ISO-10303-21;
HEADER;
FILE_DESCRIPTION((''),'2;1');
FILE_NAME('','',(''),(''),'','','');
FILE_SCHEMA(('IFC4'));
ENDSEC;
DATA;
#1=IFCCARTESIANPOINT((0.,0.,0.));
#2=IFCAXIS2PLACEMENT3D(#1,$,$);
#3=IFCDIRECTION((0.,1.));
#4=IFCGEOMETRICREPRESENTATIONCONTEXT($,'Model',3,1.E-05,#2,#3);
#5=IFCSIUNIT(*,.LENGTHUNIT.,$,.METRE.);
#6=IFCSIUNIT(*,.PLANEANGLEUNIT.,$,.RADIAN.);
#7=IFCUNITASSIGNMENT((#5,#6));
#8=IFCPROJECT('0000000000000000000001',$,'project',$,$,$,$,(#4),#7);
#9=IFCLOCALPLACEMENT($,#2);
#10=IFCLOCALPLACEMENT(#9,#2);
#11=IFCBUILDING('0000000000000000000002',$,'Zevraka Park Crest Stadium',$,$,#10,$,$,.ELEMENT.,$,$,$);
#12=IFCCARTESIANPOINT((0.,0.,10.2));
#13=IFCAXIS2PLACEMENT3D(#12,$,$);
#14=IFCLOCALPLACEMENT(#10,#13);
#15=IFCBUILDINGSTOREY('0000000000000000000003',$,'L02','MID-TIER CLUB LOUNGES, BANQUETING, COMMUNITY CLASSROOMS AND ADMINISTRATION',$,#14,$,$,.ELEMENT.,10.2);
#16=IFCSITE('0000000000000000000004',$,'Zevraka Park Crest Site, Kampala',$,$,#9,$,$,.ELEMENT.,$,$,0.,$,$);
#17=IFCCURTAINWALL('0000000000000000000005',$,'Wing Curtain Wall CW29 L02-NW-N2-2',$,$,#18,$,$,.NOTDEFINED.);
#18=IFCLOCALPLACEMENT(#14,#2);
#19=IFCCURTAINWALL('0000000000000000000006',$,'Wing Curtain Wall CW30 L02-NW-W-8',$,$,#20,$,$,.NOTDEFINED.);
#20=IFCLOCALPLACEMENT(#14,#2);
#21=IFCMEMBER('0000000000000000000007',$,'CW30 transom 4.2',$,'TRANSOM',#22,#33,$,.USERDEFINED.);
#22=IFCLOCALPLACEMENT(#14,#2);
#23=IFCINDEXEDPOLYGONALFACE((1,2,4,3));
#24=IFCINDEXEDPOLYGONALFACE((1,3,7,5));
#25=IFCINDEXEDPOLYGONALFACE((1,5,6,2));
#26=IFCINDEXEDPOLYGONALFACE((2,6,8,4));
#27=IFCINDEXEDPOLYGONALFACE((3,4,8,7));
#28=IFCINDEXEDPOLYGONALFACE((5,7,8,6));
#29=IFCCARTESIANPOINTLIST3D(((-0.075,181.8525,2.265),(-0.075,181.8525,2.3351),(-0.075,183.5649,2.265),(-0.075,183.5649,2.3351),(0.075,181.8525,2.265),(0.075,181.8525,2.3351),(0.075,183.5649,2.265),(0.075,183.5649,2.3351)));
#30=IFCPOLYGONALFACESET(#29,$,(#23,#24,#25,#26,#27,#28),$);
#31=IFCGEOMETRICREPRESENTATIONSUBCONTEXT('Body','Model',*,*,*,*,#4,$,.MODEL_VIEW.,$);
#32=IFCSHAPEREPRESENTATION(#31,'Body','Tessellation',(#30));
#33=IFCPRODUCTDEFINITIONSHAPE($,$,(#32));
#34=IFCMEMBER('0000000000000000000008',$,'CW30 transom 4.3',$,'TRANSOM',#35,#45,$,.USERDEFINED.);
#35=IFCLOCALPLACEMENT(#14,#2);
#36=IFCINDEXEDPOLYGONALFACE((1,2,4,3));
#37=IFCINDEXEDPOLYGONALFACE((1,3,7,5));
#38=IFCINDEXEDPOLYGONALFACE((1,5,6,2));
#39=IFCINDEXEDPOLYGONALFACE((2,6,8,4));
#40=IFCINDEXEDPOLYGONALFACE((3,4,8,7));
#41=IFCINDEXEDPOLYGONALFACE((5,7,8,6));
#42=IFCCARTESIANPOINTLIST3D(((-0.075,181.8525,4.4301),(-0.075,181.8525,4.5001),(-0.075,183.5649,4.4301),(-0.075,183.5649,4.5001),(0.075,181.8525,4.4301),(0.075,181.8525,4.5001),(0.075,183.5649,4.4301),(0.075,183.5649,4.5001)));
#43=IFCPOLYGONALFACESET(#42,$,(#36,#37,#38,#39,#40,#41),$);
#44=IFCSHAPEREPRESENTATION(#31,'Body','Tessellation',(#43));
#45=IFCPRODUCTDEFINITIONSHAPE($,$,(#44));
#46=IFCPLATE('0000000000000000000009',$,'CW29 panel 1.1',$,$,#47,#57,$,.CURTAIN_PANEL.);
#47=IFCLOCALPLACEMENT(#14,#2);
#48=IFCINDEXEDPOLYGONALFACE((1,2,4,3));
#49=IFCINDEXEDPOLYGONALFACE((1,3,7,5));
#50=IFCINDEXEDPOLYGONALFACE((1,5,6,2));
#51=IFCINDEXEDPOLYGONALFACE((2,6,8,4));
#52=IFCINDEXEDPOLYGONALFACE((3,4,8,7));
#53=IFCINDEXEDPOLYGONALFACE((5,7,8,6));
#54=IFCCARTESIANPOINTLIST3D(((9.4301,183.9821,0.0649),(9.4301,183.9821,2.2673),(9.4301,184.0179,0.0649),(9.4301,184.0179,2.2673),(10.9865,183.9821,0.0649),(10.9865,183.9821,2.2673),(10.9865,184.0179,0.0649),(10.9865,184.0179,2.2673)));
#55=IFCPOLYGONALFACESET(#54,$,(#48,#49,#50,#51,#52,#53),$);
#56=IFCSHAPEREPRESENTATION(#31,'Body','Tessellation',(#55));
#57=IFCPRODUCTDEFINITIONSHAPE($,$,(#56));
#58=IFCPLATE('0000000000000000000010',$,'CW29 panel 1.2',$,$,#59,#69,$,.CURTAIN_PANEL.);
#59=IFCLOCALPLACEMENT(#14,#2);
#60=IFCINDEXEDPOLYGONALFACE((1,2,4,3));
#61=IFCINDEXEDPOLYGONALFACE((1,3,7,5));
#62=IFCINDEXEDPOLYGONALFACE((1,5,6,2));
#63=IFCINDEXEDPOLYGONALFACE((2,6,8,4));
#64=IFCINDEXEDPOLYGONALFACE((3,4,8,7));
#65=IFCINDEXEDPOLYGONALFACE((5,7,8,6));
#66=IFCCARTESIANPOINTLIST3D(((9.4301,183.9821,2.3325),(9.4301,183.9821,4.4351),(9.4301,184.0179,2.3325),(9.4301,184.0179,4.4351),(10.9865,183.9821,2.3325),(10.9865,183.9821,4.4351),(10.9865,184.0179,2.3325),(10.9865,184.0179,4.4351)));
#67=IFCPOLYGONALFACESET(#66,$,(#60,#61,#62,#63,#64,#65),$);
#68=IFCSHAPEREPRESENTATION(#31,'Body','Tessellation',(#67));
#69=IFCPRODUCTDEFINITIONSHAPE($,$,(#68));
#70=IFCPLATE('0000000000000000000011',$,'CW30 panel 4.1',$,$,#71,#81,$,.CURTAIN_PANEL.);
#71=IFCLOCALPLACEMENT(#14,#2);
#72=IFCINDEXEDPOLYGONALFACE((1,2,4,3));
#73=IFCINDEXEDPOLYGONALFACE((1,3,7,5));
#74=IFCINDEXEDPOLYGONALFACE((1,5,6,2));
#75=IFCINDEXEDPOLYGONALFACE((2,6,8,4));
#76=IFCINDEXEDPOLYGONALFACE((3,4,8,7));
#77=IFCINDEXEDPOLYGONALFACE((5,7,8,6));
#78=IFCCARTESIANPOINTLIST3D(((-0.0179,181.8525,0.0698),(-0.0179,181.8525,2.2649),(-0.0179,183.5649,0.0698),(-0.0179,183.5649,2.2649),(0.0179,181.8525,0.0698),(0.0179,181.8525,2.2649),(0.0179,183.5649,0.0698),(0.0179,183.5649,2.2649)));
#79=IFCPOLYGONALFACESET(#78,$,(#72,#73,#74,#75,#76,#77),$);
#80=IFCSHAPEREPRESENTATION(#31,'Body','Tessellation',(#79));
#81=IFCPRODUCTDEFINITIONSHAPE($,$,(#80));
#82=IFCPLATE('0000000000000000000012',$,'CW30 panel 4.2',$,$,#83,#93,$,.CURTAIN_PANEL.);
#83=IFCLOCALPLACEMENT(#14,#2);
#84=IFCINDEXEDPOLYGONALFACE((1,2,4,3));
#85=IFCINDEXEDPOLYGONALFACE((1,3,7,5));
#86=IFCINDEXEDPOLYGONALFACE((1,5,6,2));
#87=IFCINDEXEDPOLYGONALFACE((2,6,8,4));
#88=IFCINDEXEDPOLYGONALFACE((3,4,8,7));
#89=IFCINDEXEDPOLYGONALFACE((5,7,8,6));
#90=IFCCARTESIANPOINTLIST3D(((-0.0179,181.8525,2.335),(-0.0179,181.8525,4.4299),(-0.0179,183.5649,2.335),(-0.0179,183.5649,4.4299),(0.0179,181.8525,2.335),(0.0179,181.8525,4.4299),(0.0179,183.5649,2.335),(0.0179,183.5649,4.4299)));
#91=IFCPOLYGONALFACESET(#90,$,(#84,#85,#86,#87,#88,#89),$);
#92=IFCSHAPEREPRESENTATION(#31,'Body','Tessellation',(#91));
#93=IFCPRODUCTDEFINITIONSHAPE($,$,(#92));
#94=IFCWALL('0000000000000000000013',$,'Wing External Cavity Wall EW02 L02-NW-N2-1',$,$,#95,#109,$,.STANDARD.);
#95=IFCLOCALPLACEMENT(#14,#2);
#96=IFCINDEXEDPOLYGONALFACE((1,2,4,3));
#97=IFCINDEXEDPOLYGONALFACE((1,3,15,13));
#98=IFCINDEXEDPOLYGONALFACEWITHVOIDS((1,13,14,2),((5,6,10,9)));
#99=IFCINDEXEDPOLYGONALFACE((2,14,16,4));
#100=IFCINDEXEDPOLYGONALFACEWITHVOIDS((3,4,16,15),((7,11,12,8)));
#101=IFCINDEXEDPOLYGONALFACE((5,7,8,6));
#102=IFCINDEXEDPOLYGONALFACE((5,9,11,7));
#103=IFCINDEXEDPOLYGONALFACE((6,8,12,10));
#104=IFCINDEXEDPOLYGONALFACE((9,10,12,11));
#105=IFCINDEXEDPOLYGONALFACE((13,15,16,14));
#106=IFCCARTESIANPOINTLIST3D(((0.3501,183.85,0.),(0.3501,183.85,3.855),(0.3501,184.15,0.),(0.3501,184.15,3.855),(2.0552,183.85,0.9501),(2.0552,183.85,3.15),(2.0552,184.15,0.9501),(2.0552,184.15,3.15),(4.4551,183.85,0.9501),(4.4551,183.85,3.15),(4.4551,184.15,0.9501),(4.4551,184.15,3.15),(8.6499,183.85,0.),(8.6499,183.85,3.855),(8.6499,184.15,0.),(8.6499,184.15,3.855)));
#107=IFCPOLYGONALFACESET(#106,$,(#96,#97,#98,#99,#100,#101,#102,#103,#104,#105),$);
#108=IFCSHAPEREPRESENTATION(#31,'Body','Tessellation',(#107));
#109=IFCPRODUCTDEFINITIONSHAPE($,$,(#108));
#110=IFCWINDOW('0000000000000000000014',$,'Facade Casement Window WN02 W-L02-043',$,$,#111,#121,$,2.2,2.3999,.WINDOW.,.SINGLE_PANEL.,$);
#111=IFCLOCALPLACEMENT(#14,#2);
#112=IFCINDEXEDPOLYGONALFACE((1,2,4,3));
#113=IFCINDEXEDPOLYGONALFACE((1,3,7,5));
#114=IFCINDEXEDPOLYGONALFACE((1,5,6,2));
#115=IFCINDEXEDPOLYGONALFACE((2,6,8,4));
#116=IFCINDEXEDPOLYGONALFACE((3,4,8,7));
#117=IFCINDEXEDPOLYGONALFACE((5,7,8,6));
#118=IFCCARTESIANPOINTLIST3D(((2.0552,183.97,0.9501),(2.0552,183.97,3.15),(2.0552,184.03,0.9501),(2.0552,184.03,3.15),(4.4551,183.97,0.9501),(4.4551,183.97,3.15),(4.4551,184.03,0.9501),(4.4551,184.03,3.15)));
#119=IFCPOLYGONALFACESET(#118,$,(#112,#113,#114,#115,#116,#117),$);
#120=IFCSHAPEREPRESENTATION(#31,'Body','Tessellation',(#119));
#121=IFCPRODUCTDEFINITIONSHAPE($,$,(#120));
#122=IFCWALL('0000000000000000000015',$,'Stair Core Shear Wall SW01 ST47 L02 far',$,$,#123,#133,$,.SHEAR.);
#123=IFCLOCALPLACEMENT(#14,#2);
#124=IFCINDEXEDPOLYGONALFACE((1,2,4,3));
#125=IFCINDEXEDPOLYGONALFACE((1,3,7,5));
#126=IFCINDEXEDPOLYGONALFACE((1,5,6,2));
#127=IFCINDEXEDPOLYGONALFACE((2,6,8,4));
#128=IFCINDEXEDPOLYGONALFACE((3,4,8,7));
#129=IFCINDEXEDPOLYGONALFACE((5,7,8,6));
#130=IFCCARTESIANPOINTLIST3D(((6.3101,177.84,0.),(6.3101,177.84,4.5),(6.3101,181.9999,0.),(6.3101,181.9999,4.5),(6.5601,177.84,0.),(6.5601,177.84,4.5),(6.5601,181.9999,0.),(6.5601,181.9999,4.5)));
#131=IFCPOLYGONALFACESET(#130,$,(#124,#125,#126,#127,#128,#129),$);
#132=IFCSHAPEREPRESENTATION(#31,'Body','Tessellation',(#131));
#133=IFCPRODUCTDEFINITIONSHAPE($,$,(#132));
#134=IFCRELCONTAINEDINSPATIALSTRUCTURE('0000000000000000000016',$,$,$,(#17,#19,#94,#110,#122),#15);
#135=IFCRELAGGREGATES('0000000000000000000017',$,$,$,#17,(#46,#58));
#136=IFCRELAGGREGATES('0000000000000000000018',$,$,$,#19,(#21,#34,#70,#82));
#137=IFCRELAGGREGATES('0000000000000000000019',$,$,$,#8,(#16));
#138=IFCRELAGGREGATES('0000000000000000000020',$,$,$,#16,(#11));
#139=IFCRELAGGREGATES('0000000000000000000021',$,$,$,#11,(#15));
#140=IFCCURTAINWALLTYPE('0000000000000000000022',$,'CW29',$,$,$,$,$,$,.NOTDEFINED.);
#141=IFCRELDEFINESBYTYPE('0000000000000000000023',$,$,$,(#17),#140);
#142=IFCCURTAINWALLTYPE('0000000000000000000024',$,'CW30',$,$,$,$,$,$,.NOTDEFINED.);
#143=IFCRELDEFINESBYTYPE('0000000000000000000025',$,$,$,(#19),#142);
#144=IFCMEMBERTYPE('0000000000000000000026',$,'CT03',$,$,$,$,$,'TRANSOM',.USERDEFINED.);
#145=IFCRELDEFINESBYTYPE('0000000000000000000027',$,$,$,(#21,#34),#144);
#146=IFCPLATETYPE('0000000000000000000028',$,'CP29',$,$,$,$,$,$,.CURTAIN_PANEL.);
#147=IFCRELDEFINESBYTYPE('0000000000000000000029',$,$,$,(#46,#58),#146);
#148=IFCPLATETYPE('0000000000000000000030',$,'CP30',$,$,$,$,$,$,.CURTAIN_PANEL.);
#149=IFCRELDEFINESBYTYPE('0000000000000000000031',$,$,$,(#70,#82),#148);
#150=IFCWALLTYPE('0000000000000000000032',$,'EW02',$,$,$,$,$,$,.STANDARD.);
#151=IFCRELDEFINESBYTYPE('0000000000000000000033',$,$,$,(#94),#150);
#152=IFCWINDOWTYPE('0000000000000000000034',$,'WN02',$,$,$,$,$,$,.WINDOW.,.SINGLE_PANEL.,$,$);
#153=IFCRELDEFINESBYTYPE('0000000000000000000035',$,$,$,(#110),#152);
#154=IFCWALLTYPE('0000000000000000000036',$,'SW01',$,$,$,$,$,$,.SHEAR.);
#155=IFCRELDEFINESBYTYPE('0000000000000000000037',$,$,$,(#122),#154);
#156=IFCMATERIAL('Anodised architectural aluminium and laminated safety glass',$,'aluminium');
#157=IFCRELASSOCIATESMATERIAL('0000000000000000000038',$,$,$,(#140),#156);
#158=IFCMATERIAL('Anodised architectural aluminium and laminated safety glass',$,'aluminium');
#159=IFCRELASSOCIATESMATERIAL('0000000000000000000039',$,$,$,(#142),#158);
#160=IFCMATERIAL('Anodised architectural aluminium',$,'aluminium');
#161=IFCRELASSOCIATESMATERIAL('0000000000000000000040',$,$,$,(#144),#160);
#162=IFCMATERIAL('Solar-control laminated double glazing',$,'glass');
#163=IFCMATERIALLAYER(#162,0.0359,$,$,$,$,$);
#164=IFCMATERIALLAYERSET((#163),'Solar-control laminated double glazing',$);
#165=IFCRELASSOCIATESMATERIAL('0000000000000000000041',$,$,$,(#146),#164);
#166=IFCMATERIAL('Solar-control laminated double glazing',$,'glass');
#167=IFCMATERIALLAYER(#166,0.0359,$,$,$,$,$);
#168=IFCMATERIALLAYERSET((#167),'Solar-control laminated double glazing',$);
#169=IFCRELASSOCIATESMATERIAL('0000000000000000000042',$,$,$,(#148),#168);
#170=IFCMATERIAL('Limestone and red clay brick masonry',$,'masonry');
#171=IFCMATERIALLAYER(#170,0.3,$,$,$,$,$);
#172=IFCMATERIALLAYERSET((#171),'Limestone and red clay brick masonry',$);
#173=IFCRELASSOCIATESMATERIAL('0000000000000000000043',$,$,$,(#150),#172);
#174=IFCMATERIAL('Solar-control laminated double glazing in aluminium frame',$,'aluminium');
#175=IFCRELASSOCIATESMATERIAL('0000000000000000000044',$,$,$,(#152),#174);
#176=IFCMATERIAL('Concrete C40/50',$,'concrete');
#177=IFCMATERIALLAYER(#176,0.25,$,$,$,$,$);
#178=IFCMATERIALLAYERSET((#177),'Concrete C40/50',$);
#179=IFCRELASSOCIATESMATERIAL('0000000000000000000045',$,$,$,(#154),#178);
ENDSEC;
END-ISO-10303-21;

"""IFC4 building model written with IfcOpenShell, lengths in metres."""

from ifc_helpers import new_model, si_unit, direction, frame, frame_2d, origin, origin_2d, place, context, subcontext, project, spatial, rectangle, extrude, material, layer, layer_set, material_profile, profile_set, type_object, element, fill, aggregate, save


model = new_model("IFC4")

# Units and contexts
model_context = context("Model", 3, precision=1e-05, world=origin(), true_north=direction((0.0, 1.0)))
body_context = subcontext(model_context, "Body", "Model", "MODEL_VIEW")
ifc_project = project(units=[si_unit("LENGTHUNIT", "METRE"), si_unit("PLANEANGLEUNIT", "RADIAN")], contexts=[model_context])

# Site, building, storey
site_placement = place(None, origin())
site = spatial("IfcSite", under=ifc_project, at=site_placement, Name="Zevraka Park Crest Site, Kampala", CompositionType="ELEMENT", RefElevation=0.0)
building_placement = place(site_placement, origin())
building = spatial("IfcBuilding", under=site, at=building_placement, Name="Zevraka Park Crest Stadium", CompositionType="ELEMENT")
storey_placement = place(building_placement, frame((0.0, 0.0, 10.2)))
storey = spatial("IfcBuildingStorey", under=building, at=storey_placement, Name="L02", Description="MID-TIER CLUB LOUNGES, BANQUETING, COMMUNITY CLASSROOMS AND ADMINISTRATION", CompositionType="ELEMENT", Elevation=10.2)

# Curtain walls
ifc_material_1 = material(Name="Anodised architectural aluminium and laminated safety glass", Category="aluminium")
curtain_wall_type_1 = type_object("IfcCurtainWallType", Name="CW29", PredefinedType="NOTDEFINED", material=ifc_material_1)
curtain_wall_1_placement = place(storey_placement, origin())
curtain_wall_1 = element("IfcCurtainWall", 1, at=curtain_wall_1_placement, inside=storey, type_object=curtain_wall_type_1, Name="Wing Curtain Wall CW29 L02-NW-N2-2", PredefinedType="NOTDEFINED")
ifc_material_2 = material(Name="Anodised architectural aluminium and laminated safety glass", Category="aluminium")
curtain_wall_type_2 = type_object("IfcCurtainWallType", Name="CW30", PredefinedType="NOTDEFINED", material=ifc_material_2)
curtain_wall_2_placement = place(storey_placement, origin())
curtain_wall_2 = element("IfcCurtainWall", 2, at=curtain_wall_2_placement, inside=storey, type_object=curtain_wall_type_2, Name="Wing Curtain Wall CW30 L02-NW-W-8", PredefinedType="NOTDEFINED")

# Members
ifc_material_3 = material(Name="Anodised architectural aluminium", Category="aluminium")
ifc_material_profile_1 = material_profile(ifc_material_3, rectangle(XDim=0.1499, YDim=0.0701, at=origin_2d()), Name="ALU TRANSOM 150x70")
ifc_profile_set_1 = profile_set([ifc_material_profile_1], Name="Anodised architectural aluminium")
member_type_1 = type_object("IfcMemberType", Name="CT03", ElementType="TRANSOM", PredefinedType="USERDEFINED", material=ifc_profile_set_1)
member_1_placement = place(storey_placement, frame((0.0, 181.8525, 2.3), z_axis=(0.0, 1.0, 0.0), x_axis=(-1.0, 0.0, 0.0)))
member_1 = element("IfcMember", 3, at=member_1_placement, type_object=member_type_1, Name="CW30 transom 4.2", ObjectType="TRANSOM", PredefinedType="USERDEFINED", context=body_context, shape_type="SweptSolid", body=[
    extrude(rectangle(XDim=0.1499, YDim=0.0701, at=origin_2d()), origin(), (0.0, 0.0, 1.0), 1.7124),
])
member_2_placement = place(storey_placement, frame((0.0, 181.8525, 4.4651), z_axis=(0.0, 1.0, 0.0), x_axis=(-1.0, 0.0, 0.0)))
member_2 = element("IfcMember", 4, at=member_2_placement, type_object=member_type_1, Name="CW30 transom 4.3", ObjectType="TRANSOM", PredefinedType="USERDEFINED", context=body_context, shape_type="SweptSolid", body=[
    extrude(rectangle(XDim=0.1499, YDim=0.0701, at=origin_2d()), origin(), (0.0, 0.0, 1.0), 1.7124),
])

# Plates
ifc_material_4 = material(Name="Solar-control laminated double glazing", Category="glass")
ifc_layer_1 = layer(ifc_material_4, 0.0359)
ifc_layer_set_1 = layer_set([ifc_layer_1], Name="Solar-control laminated double glazing")
plate_type_1 = type_object("IfcPlateType", Name="CP29", PredefinedType="CURTAIN_PANEL", material=ifc_layer_set_1)
plate_1_placement = place(storey_placement, frame((10.2083, 184.0, 0.0649), z_axis=(0.0, 0.0, 1.0), x_axis=(1.0, 0.0, 0.0)))
plate_1 = element("IfcPlate", 5, at=plate_1_placement, type_object=plate_type_1, Name="CW29 panel 1.1", PredefinedType="CURTAIN_PANEL", context=body_context, shape_type="SweptSolid", body=[
    extrude(rectangle(XDim=1.5564, YDim=0.0359, at=origin_2d()), origin(), (0.0, 0.0, 1.0), 2.2024),
])
plate_2_placement = place(storey_placement, frame((10.2083, 184.0, 2.3325), z_axis=(0.0, 0.0, 1.0), x_axis=(1.0, 0.0, 0.0)))
plate_2 = element("IfcPlate", 6, at=plate_2_placement, type_object=plate_type_1, Name="CW29 panel 1.2", PredefinedType="CURTAIN_PANEL", context=body_context, shape_type="SweptSolid", body=[
    extrude(rectangle(XDim=1.5564, YDim=0.0359, at=origin_2d()), origin(), (0.0, 0.0, 1.0), 2.1025),
])
aggregate(curtain_wall_1, [plate_1, plate_2])
ifc_material_5 = material(Name="Solar-control laminated double glazing", Category="glass")
ifc_layer_2 = layer(ifc_material_5, 0.0359)
ifc_layer_set_2 = layer_set([ifc_layer_2], Name="Solar-control laminated double glazing")
plate_type_2 = type_object("IfcPlateType", Name="CP30", PredefinedType="CURTAIN_PANEL", material=ifc_layer_set_2)
plate_3_placement = place(storey_placement, frame((0.0, 182.7087, 0.0698), z_axis=(0.0, 0.0, 1.0), x_axis=(0.0, 1.0, 0.0)))
plate_3 = element("IfcPlate", 7, at=plate_3_placement, type_object=plate_type_2, Name="CW30 panel 4.1", PredefinedType="CURTAIN_PANEL", context=body_context, shape_type="SweptSolid", body=[
    extrude(rectangle(XDim=1.7124, YDim=0.0359, at=origin_2d()), origin(), (0.0, 0.0, 1.0), 2.1951),
])
plate_4_placement = place(storey_placement, frame((0.0, 182.7087, 2.335), z_axis=(0.0, 0.0, 1.0), x_axis=(0.0, 1.0, 0.0)))
plate_4 = element("IfcPlate", 8, at=plate_4_placement, type_object=plate_type_2, Name="CW30 panel 4.2", PredefinedType="CURTAIN_PANEL", context=body_context, shape_type="SweptSolid", body=[
    extrude(rectangle(XDim=1.7124, YDim=0.0359, at=origin_2d()), origin(), (0.0, 0.0, 1.0), 2.095),
])
aggregate(curtain_wall_2, [member_1, member_2, plate_3, plate_4])

# Wall, opening, window
ifc_material_6 = material(Name="Limestone and red clay brick masonry", Category="masonry")
ifc_layer_3 = layer(ifc_material_6, 0.3)
ifc_layer_set_3 = layer_set([ifc_layer_3], Name="Limestone and red clay brick masonry")
wall_type_1 = type_object("IfcWallType", Name="EW02", PredefinedType="STANDARD", material=ifc_layer_set_3)
wall_1_placement = place(storey_placement, frame((0.3501, 184.0, 0.0), z_axis=(0.0, 0.0, 1.0), x_axis=(1.0, 0.0, 0.0)))
wall_1 = element("IfcWall", 9, at=wall_1_placement, inside=storey, type_object=wall_type_1, Name="Wing External Cavity Wall EW02 L02-NW-N2-1", PredefinedType="STANDARD", context=body_context, shape_type="SweptSolid", body=[
    extrude(rectangle(XDim=8.2998, YDim=0.3, at=frame_2d((4.1499, 0.0))), origin(), (0.0, 0.0, 1.0), 3.855),
])
opening_placement = place(wall_1_placement, frame((1.7051, 0.0, 0.95)))
opening = element("IfcOpeningElement", 10, at=opening_placement, cuts=wall_1, PredefinedType="OPENING", context=body_context, shape_type="SweptSolid", body=[
    extrude(rectangle(XDim=2.3999, YDim=2.2, at=frame_2d((1.2, 1.1001))), frame((0.0, 0.1599, 0.0), z_axis=(0.0, -1.0, 0.0), x_axis=(1.0, 0.0, 0.0)), (0.0, 0.0, 1.0), 0.3201),
])
ifc_material_7 = material(Name="Solar-control laminated double glazing in aluminium frame", Category="aluminium")
window_type = type_object("IfcWindowType", Name="WN02", PartitioningType="SINGLE_PANEL", PredefinedType="WINDOW", material=ifc_material_7)
window_placement = place(opening_placement, origin())
window = element("IfcWindow", 11, at=window_placement, inside=storey, type_object=window_type, Name="Facade Casement Window WN02 W-L02-043", OverallHeight=2.2, OverallWidth=2.3999, PartitioningType="SINGLE_PANEL", PredefinedType="WINDOW", context=body_context, shape_type="SweptSolid", body=[
    extrude(rectangle(XDim=2.3999, YDim=2.2, at=frame_2d((1.2, 1.1001))), frame((0.0, 0.03, 0.0), z_axis=(0.0, -1.0, 0.0), x_axis=(1.0, 0.0, 0.0)), (0.0, 0.0, 1.0), 0.0601),
])
fill(opening, window)

# Wall
ifc_material_8 = material(Name="Concrete C40/50", Category="concrete")
ifc_layer_4 = layer(ifc_material_8, 0.25)
ifc_layer_set_4 = layer_set([ifc_layer_4], Name="Concrete C40/50")
wall_type_2 = type_object("IfcWallType", Name="SW01", PredefinedType="SHEAR", material=ifc_layer_set_4)
wall_2_placement = place(storey_placement, frame((6.4351, 182.0, 0.0), z_axis=(0.0, 0.0, 1.0), x_axis=(0.0, -1.0, 0.0)))
element("IfcWall", 12, at=wall_2_placement, inside=storey, type_object=wall_type_2, Name="Stair Core Shear Wall SW01 ST47 L02 far", PredefinedType="SHEAR", context=body_context, shape_type="SweptSolid", body=[
    extrude(rectangle(XDim=4.1599, YDim=0.25, at=frame_2d((2.0801, 0.0))), origin(), (0.0, 0.0, 1.0), 4.5),
])

save(model, "model.ifc")
